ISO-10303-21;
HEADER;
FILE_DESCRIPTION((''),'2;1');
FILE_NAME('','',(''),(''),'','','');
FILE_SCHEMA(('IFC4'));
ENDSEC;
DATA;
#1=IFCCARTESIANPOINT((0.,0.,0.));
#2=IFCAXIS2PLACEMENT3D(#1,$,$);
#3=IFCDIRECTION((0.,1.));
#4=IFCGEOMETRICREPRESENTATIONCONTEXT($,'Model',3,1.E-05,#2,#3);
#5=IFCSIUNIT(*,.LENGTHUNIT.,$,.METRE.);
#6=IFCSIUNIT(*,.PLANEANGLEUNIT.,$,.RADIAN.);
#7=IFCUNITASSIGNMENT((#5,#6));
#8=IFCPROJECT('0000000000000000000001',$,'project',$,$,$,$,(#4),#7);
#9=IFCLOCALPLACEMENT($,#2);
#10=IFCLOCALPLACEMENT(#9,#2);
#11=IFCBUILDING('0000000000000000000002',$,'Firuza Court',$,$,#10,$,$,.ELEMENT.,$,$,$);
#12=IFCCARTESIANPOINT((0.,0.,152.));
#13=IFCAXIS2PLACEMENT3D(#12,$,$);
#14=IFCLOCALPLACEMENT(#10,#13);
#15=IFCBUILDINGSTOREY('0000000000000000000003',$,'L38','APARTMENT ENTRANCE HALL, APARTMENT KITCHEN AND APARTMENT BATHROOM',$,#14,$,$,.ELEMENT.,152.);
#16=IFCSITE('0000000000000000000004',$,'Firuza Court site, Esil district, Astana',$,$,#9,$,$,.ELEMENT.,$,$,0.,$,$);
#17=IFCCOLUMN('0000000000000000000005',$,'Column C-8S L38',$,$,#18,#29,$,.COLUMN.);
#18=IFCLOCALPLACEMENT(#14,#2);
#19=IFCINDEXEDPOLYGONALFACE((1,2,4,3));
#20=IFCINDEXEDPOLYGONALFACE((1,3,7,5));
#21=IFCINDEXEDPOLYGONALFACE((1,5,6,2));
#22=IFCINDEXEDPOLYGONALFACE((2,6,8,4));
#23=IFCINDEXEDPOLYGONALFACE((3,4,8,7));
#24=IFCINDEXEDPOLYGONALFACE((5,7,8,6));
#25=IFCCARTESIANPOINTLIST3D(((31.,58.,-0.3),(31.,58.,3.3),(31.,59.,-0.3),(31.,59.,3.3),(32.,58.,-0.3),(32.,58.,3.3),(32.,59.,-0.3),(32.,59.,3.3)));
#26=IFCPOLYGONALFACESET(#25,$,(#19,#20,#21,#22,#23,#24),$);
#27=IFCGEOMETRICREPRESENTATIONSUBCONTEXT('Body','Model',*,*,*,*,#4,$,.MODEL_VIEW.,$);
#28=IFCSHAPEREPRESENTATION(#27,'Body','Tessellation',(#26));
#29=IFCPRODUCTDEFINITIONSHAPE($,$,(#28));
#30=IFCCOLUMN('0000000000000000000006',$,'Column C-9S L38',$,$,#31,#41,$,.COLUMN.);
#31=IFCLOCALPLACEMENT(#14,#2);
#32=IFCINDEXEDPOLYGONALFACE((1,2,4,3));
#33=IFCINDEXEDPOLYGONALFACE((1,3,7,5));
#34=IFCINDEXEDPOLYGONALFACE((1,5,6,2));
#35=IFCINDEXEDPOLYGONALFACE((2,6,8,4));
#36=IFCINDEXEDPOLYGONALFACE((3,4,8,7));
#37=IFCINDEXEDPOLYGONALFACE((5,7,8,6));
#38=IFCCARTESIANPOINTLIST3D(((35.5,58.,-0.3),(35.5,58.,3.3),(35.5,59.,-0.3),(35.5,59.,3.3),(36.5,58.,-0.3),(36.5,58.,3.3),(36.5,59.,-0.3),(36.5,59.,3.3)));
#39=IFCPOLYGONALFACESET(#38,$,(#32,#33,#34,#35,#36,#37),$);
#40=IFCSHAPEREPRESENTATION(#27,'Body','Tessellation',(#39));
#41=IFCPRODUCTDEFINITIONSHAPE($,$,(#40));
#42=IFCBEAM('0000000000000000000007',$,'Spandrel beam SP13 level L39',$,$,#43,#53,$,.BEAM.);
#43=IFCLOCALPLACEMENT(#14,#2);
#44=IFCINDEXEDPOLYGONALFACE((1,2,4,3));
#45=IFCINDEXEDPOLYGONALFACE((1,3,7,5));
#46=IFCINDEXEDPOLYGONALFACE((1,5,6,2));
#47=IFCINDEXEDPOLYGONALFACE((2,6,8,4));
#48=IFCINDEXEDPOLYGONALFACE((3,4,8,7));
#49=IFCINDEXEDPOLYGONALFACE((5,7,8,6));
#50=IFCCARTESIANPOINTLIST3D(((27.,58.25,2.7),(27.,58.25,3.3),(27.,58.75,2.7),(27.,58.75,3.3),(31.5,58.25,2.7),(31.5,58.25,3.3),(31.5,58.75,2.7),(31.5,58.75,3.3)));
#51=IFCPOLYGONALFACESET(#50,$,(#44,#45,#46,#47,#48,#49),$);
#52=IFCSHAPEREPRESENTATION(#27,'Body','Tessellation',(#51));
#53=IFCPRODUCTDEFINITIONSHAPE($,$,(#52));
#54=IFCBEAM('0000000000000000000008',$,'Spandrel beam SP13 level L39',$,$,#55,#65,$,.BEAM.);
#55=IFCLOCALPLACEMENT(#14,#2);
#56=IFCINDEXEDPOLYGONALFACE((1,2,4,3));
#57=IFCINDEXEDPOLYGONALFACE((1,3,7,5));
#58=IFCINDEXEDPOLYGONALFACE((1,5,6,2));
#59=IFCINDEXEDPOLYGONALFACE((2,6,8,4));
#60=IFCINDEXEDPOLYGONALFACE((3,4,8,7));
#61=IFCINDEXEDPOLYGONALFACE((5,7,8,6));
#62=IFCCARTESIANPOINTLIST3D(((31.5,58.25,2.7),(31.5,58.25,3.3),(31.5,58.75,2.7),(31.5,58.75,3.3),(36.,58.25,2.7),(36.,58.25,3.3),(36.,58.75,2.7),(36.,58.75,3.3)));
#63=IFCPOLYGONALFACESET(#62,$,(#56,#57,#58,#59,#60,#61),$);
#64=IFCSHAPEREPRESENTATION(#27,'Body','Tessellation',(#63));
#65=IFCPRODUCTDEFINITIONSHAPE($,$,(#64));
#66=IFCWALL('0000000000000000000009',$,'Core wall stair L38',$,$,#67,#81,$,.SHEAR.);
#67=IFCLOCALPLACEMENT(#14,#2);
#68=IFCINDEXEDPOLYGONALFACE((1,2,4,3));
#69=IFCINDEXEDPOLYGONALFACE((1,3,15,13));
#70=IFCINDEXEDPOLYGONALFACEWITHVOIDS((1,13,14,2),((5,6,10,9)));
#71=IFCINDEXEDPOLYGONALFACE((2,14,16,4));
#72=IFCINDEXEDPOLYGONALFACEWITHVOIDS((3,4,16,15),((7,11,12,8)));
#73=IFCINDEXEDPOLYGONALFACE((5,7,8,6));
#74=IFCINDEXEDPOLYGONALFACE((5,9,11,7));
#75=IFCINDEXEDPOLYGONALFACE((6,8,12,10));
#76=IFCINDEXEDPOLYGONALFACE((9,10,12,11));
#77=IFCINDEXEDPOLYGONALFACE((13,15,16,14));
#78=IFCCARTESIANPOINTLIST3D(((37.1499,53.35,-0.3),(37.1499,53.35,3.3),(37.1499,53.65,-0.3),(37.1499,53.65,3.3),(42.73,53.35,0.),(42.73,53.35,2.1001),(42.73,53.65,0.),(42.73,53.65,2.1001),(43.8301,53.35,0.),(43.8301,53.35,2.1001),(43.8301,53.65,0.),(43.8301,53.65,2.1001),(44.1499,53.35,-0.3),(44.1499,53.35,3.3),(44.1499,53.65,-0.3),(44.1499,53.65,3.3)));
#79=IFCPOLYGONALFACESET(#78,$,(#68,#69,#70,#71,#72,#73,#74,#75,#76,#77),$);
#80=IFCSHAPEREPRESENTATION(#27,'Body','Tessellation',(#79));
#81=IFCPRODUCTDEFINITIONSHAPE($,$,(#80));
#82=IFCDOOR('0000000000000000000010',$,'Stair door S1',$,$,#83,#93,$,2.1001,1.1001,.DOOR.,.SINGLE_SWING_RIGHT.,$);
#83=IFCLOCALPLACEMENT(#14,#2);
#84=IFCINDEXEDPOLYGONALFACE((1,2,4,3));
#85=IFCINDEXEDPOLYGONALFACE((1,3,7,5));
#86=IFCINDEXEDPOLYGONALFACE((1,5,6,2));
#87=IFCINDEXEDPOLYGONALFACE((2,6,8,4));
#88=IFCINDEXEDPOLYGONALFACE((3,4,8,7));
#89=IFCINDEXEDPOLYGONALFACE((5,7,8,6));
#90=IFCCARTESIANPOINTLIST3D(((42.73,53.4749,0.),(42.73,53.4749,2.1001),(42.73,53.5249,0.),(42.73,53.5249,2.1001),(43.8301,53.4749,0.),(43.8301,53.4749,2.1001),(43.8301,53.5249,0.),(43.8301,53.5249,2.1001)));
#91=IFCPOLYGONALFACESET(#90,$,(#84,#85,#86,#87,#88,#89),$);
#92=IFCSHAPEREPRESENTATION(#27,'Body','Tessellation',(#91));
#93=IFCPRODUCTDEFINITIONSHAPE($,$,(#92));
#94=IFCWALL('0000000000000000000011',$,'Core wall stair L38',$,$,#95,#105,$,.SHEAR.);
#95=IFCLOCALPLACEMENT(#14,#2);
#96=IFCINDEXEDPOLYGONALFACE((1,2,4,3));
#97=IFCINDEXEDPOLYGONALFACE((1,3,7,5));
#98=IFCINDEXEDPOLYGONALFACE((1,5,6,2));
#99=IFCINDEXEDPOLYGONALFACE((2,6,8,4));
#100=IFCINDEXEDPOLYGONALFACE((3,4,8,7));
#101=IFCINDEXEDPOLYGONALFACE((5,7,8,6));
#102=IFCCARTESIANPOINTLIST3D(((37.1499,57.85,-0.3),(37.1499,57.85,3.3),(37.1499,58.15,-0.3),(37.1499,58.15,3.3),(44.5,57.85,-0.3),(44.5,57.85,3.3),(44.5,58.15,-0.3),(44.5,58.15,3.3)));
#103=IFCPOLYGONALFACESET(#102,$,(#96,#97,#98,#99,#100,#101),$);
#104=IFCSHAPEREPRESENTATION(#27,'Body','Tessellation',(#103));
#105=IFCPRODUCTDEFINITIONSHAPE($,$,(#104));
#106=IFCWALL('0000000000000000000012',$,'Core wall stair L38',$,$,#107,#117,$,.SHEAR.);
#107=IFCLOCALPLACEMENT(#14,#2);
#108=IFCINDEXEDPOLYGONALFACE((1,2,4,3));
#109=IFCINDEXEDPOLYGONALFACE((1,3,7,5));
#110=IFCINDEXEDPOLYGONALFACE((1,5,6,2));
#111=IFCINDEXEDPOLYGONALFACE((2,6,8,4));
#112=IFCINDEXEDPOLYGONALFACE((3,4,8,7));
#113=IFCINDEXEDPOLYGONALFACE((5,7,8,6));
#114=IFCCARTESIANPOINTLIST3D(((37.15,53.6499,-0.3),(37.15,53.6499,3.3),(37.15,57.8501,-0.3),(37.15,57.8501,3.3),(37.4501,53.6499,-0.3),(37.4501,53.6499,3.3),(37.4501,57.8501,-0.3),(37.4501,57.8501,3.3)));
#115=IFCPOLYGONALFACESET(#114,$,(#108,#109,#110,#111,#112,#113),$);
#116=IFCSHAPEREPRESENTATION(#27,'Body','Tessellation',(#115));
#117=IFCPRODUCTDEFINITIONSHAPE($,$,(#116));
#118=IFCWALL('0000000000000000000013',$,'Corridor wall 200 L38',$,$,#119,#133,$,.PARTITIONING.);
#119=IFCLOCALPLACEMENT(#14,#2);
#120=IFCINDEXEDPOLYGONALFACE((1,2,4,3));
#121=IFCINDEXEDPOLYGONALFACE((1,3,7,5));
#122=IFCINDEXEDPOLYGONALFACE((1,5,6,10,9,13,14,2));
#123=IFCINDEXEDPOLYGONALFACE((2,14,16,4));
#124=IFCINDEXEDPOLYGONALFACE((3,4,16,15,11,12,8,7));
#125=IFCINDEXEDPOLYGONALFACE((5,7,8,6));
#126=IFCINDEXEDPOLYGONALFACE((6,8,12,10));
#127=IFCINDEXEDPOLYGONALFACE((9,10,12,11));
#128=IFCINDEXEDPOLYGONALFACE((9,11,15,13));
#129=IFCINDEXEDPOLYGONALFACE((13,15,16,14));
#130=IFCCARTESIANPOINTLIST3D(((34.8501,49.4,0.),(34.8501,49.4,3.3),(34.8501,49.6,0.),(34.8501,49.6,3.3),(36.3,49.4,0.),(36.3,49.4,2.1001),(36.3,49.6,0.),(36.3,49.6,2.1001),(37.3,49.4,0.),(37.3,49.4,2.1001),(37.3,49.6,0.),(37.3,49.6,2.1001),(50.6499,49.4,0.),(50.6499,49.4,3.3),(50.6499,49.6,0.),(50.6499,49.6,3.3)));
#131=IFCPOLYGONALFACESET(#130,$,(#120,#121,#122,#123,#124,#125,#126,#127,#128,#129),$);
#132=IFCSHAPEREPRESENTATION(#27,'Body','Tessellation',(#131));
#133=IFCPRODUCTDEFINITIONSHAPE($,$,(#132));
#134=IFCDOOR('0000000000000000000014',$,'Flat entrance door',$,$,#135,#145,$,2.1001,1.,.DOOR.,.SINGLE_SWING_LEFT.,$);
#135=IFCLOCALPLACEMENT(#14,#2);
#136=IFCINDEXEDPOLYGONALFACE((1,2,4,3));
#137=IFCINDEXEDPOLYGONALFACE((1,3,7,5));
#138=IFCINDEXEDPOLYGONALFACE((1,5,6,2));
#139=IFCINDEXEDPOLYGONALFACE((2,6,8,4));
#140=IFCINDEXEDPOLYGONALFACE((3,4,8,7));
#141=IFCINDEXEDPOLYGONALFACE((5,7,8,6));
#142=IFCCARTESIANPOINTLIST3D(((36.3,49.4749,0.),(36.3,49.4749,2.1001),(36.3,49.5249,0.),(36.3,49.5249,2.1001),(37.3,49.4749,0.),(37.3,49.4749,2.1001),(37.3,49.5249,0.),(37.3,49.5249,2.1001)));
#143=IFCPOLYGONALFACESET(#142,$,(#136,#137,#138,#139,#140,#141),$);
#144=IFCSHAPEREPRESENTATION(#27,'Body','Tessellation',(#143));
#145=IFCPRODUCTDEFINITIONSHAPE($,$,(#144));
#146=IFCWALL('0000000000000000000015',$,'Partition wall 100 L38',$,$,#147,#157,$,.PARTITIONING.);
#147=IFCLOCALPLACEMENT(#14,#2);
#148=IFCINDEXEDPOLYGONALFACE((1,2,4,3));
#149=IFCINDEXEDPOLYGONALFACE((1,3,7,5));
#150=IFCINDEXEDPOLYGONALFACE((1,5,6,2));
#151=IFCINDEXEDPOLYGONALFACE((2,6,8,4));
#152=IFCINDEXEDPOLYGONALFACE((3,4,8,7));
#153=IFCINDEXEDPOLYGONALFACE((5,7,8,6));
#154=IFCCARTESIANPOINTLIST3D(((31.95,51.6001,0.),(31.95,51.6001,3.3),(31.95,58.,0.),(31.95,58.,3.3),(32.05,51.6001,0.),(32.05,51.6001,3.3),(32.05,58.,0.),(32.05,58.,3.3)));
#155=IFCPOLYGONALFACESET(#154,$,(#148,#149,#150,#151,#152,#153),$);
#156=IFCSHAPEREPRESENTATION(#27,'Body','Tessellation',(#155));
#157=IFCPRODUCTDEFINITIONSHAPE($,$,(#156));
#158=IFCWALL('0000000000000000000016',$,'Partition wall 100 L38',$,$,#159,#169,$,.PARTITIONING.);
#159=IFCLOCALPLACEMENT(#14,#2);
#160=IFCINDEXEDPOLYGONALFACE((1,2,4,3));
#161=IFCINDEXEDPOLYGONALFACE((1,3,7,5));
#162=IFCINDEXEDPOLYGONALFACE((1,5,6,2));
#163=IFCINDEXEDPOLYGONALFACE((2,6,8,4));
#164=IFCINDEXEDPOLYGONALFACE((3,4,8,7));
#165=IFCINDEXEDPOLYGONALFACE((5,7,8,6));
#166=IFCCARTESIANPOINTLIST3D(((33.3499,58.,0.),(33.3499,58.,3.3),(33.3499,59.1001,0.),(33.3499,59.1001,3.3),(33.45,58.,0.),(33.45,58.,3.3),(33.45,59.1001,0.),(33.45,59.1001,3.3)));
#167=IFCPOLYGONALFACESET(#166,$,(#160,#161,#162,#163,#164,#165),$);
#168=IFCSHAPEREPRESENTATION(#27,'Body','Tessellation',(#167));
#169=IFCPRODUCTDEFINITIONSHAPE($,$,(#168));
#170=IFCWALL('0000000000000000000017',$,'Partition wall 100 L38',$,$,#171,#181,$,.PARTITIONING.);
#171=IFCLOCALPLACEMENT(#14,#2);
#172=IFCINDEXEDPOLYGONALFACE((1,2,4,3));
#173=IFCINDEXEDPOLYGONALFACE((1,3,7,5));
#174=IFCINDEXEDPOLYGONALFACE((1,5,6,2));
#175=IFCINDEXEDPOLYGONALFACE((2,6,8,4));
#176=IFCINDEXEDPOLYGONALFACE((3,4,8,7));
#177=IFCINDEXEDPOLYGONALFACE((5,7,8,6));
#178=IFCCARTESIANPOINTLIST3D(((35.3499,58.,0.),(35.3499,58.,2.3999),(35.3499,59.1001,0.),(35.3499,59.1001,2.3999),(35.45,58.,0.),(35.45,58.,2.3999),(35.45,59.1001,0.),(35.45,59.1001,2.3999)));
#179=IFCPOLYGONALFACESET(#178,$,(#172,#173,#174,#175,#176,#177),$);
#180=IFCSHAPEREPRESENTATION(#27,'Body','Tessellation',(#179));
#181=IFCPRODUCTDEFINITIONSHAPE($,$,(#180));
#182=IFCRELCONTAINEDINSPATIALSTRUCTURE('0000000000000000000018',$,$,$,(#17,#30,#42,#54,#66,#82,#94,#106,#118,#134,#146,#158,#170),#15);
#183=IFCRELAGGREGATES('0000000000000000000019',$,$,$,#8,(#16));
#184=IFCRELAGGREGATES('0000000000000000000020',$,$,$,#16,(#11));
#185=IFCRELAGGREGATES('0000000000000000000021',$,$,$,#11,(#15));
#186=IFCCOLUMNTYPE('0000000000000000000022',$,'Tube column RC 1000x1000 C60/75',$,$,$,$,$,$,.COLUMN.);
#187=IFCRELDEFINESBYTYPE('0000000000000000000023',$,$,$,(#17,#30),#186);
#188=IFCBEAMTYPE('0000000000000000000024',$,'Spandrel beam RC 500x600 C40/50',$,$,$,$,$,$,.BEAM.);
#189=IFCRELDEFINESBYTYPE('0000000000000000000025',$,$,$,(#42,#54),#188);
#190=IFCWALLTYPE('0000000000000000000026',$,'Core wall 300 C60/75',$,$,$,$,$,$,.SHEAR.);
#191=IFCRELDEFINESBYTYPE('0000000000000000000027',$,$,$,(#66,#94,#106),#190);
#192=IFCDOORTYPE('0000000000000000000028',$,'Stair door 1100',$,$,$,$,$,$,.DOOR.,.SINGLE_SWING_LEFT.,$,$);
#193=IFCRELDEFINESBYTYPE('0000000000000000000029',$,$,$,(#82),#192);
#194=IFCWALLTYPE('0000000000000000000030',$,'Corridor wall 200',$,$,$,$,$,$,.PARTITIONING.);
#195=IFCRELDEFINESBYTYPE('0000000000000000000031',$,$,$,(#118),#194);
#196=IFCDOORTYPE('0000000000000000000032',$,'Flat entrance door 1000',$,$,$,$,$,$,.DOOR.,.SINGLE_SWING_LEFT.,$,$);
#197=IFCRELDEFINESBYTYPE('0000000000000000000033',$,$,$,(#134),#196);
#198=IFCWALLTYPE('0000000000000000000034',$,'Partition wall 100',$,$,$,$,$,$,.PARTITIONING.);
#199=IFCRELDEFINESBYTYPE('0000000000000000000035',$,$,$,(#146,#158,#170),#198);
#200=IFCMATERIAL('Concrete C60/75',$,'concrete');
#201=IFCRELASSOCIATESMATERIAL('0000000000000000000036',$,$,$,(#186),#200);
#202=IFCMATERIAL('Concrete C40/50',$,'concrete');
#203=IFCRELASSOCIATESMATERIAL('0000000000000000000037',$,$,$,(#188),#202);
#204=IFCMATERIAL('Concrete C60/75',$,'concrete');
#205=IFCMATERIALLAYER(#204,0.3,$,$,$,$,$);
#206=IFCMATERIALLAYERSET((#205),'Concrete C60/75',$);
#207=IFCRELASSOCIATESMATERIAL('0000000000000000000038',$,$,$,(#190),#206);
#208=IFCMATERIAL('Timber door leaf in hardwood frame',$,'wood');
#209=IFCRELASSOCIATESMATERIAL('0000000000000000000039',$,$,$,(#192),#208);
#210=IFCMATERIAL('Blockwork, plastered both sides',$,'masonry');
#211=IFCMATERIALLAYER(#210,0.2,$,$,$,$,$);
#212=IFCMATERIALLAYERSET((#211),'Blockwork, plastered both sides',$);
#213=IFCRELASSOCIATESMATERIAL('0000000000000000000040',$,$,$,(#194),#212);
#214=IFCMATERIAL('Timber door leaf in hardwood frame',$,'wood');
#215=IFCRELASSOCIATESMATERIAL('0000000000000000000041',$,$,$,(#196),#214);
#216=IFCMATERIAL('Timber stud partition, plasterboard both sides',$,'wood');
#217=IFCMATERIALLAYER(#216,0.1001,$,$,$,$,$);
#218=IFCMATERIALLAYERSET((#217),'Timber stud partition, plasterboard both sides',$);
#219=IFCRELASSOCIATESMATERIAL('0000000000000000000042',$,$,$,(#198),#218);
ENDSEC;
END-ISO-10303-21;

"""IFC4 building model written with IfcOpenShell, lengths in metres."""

from ifc_helpers import new_model, si_unit, direction, frame, frame_2d, origin, origin_2d, place, context, subcontext, project, spatial, rectangle, extrude, material, layer, layer_set, material_profile, profile_set, type_object, element, fill, save


model = new_model("IFC4")

# Units and contexts
model_context = context("Model", 3, precision=1e-05, world=origin(), true_north=direction((0.0, 1.0)))
body_context = subcontext(model_context, "Body", "Model", "MODEL_VIEW")
ifc_project = project(units=[si_unit("LENGTHUNIT", "METRE"), si_unit("PLANEANGLEUNIT", "RADIAN")], contexts=[model_context])

# Site, building, storey
site_placement = place(None, origin())
site = spatial("IfcSite", under=ifc_project, at=site_placement, Name="Firuza Court site, Esil district, Astana", CompositionType="ELEMENT", RefElevation=0.0)
building_placement = place(site_placement, origin())
building = spatial("IfcBuilding", under=site, at=building_placement, Name="Firuza Court", CompositionType="ELEMENT")
storey_placement = place(building_placement, frame((0.0, 0.0, 152.0)))
storey = spatial("IfcBuildingStorey", under=building, at=storey_placement, Name="L38", Description="APARTMENT ENTRANCE HALL, APARTMENT KITCHEN AND APARTMENT BATHROOM", CompositionType="ELEMENT", Elevation=152.0)

# Columns
ifc_material_1 = material(Name="Concrete C60/75", Category="concrete")
ifc_material_profile_1 = material_profile(ifc_material_1, rectangle(XDim=1.0, YDim=1.0, at=origin_2d()), Name="RC 1000x1000")
ifc_profile_set_1 = profile_set([ifc_material_profile_1], Name="Concrete C60/75")
column_type = type_object("IfcColumnType", Name="Tube column RC 1000x1000 C60/75", PredefinedType="COLUMN", material=ifc_profile_set_1)
for number, where, z_axis, x_axis, name in (
    (1, (31.5, 58.5, -0.3), (0.0, 0.0, 1.0), (1.0, 0.0, 0.0), "Column C-8S L38"),
    (2, (36.0, 58.5, -0.3), (0.0, 0.0, 1.0), (1.0, 0.0, 0.0), "Column C-9S L38"),
):
    element("IfcColumn", number, at=place(storey_placement, frame(where, z_axis=z_axis, x_axis=x_axis)), inside=storey, type_object=column_type, Name=name, PredefinedType="COLUMN", context=body_context, shape_type="SweptSolid", body=[
        extrude(rectangle(XDim=1.0, YDim=1.0, at=origin_2d()), origin(), (0.0, 0.0, 1.0), 3.6001),
    ])

# Beams
ifc_material_2 = material(Name="Concrete C40/50", Category="concrete")
ifc_material_profile_2 = material_profile(ifc_material_2, rectangle(XDim=0.5, YDim=0.6001, at=origin_2d()), Name="RC 500x600")
ifc_profile_set_2 = profile_set([ifc_material_profile_2], Name="Concrete C40/50")
beam_type = type_object("IfcBeamType", Name="Spandrel beam RC 500x600 C40/50", PredefinedType="BEAM", material=ifc_profile_set_2)
for number, where, z_axis, x_axis, name in (
    (3, (31.5, 58.5, 3.0), (-1.0, 0.0, 0.0), (0.0, -1.0, 0.0), "Spandrel beam SP13 level L39"),
    (4, (36.0, 58.5, 3.0), (-1.0, 0.0, 0.0), (0.0, -1.0, 0.0), "Spandrel beam SP13 level L39"),
):
    element("IfcBeam", number, at=place(storey_placement, frame(where, z_axis=z_axis, x_axis=x_axis)), inside=storey, type_object=beam_type, Name=name, PredefinedType="BEAM", context=body_context, shape_type="SweptSolid", body=[
        extrude(rectangle(XDim=0.5, YDim=0.6001, at=origin_2d()), origin(), (0.0, 0.0, 1.0), 4.5),
    ])

# Wall, opening, door
ifc_material_3 = material(Name="Concrete C60/75", Category="concrete")
ifc_layer_1 = layer(ifc_material_3, 0.3)
ifc_layer_set_1 = layer_set([ifc_layer_1], Name="Concrete C60/75")
wall_type_1 = type_object("IfcWallType", Name="Core wall 300 C60/75", PredefinedType="SHEAR", material=ifc_layer_set_1)
wall_1_placement = place(storey_placement, frame((37.1499, 53.5, -0.3), z_axis=(0.0, 0.0, 1.0), x_axis=(1.0, 0.0, 0.0)))
wall_1 = element("IfcWall", 5, at=wall_1_placement, inside=storey, type_object=wall_type_1, Name="Core wall stair L38", PredefinedType="SHEAR", context=body_context, shape_type="SweptSolid", body=[
    extrude(rectangle(XDim=7.0, YDim=0.3, at=frame_2d((3.5, 0.0))), origin(), (0.0, 0.0, 1.0), 3.6001),
])
opening_1_placement = place(wall_1_placement, frame((5.5801, 0.0, 0.3)))
opening_1 = element("IfcOpeningElement", 6, at=opening_1_placement, cuts=wall_1, PredefinedType="OPENING", context=body_context, shape_type="SweptSolid", body=[
    extrude(rectangle(XDim=1.1001, YDim=2.1001, at=frame_2d((0.55, 1.05))), frame((0.0, 0.1621, 0.0), z_axis=(0.0, -1.0, 0.0), x_axis=(1.0, 0.0, 0.0)), (0.0, 0.0, 1.0), 0.324),
])
ifc_material_4 = material(Name="Timber door leaf in hardwood frame", Category="wood")
door_type_1 = type_object("IfcDoorType", Name="Stair door 1100", OperationType="SINGLE_SWING_LEFT", PredefinedType="DOOR", material=ifc_material_4)
door_1_placement = place(opening_1_placement, origin())
door_1 = element("IfcDoor", 7, at=door_1_placement, inside=storey, type_object=door_type_1, Name="Stair door S1", OperationType="SINGLE_SWING_RIGHT", OverallHeight=2.1001, OverallWidth=1.1001, PredefinedType="DOOR", context=body_context, shape_type="SweptSolid", body=[
    extrude(rectangle(XDim=1.1001, YDim=2.1001, at=frame_2d((0.55, 1.05))), frame((0.0, 0.0249, 0.0), z_axis=(0.0, -1.0, 0.0), x_axis=(1.0, 0.0, 0.0)), (0.0, 0.0, 1.0), 0.05),
])
fill(opening_1, door_1)

# Walls
wall_2_placement = place(storey_placement, frame((37.1499, 58.0, -0.3), z_axis=(0.0, 0.0, 1.0), x_axis=(1.0, 0.0, 0.0)))
element("IfcWall", 8, at=wall_2_placement, inside=storey, type_object=wall_type_1, Name="Core wall stair L38", PredefinedType="SHEAR", context=body_context, shape_type="SweptSolid", body=[
    extrude(rectangle(XDim=7.3501, YDim=0.3, at=frame_2d((3.675, 0.0))), origin(), (0.0, 0.0, 1.0), 3.6001),
])
wall_3_placement = place(storey_placement, frame((37.3, 53.6499, -0.3), z_axis=(0.0, 0.0, 1.0), x_axis=(0.0, 1.0, 0.0)))
element("IfcWall", 9, at=wall_3_placement, inside=storey, type_object=wall_type_1, Name="Core wall stair L38", PredefinedType="SHEAR", context=body_context, shape_type="SweptSolid", body=[
    extrude(rectangle(XDim=4.2002, YDim=0.3, at=frame_2d((2.1001, 0.0))), origin(), (0.0, 0.0, 1.0), 3.6001),
])

# Wall, opening, door
ifc_material_5 = material(Name="Blockwork, plastered both sides", Category="masonry")
ifc_layer_2 = layer(ifc_material_5, 0.2)
ifc_layer_set_2 = layer_set([ifc_layer_2], Name="Blockwork, plastered both sides")
wall_type_2 = type_object("IfcWallType", Name="Corridor wall 200", PredefinedType="PARTITIONING", material=ifc_layer_set_2)
wall_4_placement = place(storey_placement, frame((34.8501, 49.5, 0.0), z_axis=(0.0, 0.0, 1.0), x_axis=(1.0, 0.0, 0.0)))
wall_4 = element("IfcWall", 10, at=wall_4_placement, inside=storey, type_object=wall_type_2, Name="Corridor wall 200 L38", PredefinedType="PARTITIONING", context=body_context, shape_type="SweptSolid", body=[
    extrude(rectangle(XDim=15.7998, YDim=0.2, at=frame_2d((7.8999, 0.0))), origin(), (0.0, 0.0, 1.0), 3.3),
])
opening_2_placement = place(wall_4_placement, frame((1.45, 0.0, 0.0)))
opening_2 = element("IfcOpeningElement", 11, at=opening_2_placement, cuts=wall_4, PredefinedType="OPENING", context=body_context, shape_type="SweptSolid", body=[
    extrude(rectangle(XDim=1.0, YDim=2.1001, at=frame_2d((0.5, 1.05))), frame((0.0, 0.1118, 0.0), z_axis=(0.0, -1.0, 0.0), x_axis=(1.0, 0.0, 0.0)), (0.0, 0.0, 1.0), 0.2239),
])
ifc_material_6 = material(Name="Timber door leaf in hardwood frame", Category="wood")
door_type_2 = type_object("IfcDoorType", Name="Flat entrance door 1000", OperationType="SINGLE_SWING_LEFT", PredefinedType="DOOR", material=ifc_material_6)
door_2_placement = place(opening_2_placement, origin())
door_2 = element("IfcDoor", 12, at=door_2_placement, inside=storey, type_object=door_type_2, Name="Flat entrance door", OperationType="SINGLE_SWING_LEFT", OverallHeight=2.1001, OverallWidth=1.0, PredefinedType="DOOR", context=body_context, shape_type="SweptSolid", body=[
    extrude(rectangle(XDim=1.0, YDim=2.1001, at=frame_2d((0.5, 1.05))), frame((0.0, 0.0249, 0.0), z_axis=(0.0, -1.0, 0.0), x_axis=(1.0, 0.0, 0.0)), (0.0, 0.0, 1.0), 0.05),
])
fill(opening_2, door_2)

# Walls
ifc_material_7 = material(Name="Timber stud partition, plasterboard both sides", Category="wood")
ifc_layer_3 = layer(ifc_material_7, 0.1001)
ifc_layer_set_3 = layer_set([ifc_layer_3], Name="Timber stud partition, plasterboard both sides")
wall_type_3 = type_object("IfcWallType", Name="Partition wall 100", PredefinedType="PARTITIONING", material=ifc_layer_set_3)
wall_5_placement = place(storey_placement, frame((32.0, 51.6001, 0.0), z_axis=(0.0, 0.0, 1.0), x_axis=(0.0, 1.0, 0.0)))
element("IfcWall", 13, at=wall_5_placement, inside=storey, type_object=wall_type_3, Name="Partition wall 100 L38", PredefinedType="PARTITIONING", context=body_context, shape_type="SweptSolid", body=[
    extrude(rectangle(XDim=6.3999, YDim=0.1001, at=frame_2d((3.2, 0.0))), origin(), (0.0, 0.0, 1.0), 3.3),
])
wall_6_placement = place(storey_placement, frame((33.3999, 58.0, 0.0), z_axis=(0.0, 0.0, 1.0), x_axis=(0.0, 1.0, 0.0)))
element("IfcWall", 14, at=wall_6_placement, inside=storey, type_object=wall_type_3, Name="Partition wall 100 L38", PredefinedType="PARTITIONING", context=body_context, shape_type="SweptSolid", body=[
    extrude(rectangle(XDim=1.1001, YDim=0.1001, at=frame_2d((0.55, 0.0))), origin(), (0.0, 0.0, 1.0), 3.3),
])
wall_7_placement = place(storey_placement, frame((35.3999, 58.0, 0.0), z_axis=(0.0, 0.0, 1.0), x_axis=(0.0, 1.0, 0.0)))
element("IfcWall", 15, at=wall_7_placement, inside=storey, type_object=wall_type_3, Name="Partition wall 100 L38", PredefinedType="PARTITIONING", context=body_context, shape_type="SweptSolid", body=[
    extrude(rectangle(XDim=1.1001, YDim=0.1001, at=frame_2d((0.55, 0.0))), origin(), (0.0, 0.0, 1.0), 2.3999),
])

save(model, "model.ifc")
